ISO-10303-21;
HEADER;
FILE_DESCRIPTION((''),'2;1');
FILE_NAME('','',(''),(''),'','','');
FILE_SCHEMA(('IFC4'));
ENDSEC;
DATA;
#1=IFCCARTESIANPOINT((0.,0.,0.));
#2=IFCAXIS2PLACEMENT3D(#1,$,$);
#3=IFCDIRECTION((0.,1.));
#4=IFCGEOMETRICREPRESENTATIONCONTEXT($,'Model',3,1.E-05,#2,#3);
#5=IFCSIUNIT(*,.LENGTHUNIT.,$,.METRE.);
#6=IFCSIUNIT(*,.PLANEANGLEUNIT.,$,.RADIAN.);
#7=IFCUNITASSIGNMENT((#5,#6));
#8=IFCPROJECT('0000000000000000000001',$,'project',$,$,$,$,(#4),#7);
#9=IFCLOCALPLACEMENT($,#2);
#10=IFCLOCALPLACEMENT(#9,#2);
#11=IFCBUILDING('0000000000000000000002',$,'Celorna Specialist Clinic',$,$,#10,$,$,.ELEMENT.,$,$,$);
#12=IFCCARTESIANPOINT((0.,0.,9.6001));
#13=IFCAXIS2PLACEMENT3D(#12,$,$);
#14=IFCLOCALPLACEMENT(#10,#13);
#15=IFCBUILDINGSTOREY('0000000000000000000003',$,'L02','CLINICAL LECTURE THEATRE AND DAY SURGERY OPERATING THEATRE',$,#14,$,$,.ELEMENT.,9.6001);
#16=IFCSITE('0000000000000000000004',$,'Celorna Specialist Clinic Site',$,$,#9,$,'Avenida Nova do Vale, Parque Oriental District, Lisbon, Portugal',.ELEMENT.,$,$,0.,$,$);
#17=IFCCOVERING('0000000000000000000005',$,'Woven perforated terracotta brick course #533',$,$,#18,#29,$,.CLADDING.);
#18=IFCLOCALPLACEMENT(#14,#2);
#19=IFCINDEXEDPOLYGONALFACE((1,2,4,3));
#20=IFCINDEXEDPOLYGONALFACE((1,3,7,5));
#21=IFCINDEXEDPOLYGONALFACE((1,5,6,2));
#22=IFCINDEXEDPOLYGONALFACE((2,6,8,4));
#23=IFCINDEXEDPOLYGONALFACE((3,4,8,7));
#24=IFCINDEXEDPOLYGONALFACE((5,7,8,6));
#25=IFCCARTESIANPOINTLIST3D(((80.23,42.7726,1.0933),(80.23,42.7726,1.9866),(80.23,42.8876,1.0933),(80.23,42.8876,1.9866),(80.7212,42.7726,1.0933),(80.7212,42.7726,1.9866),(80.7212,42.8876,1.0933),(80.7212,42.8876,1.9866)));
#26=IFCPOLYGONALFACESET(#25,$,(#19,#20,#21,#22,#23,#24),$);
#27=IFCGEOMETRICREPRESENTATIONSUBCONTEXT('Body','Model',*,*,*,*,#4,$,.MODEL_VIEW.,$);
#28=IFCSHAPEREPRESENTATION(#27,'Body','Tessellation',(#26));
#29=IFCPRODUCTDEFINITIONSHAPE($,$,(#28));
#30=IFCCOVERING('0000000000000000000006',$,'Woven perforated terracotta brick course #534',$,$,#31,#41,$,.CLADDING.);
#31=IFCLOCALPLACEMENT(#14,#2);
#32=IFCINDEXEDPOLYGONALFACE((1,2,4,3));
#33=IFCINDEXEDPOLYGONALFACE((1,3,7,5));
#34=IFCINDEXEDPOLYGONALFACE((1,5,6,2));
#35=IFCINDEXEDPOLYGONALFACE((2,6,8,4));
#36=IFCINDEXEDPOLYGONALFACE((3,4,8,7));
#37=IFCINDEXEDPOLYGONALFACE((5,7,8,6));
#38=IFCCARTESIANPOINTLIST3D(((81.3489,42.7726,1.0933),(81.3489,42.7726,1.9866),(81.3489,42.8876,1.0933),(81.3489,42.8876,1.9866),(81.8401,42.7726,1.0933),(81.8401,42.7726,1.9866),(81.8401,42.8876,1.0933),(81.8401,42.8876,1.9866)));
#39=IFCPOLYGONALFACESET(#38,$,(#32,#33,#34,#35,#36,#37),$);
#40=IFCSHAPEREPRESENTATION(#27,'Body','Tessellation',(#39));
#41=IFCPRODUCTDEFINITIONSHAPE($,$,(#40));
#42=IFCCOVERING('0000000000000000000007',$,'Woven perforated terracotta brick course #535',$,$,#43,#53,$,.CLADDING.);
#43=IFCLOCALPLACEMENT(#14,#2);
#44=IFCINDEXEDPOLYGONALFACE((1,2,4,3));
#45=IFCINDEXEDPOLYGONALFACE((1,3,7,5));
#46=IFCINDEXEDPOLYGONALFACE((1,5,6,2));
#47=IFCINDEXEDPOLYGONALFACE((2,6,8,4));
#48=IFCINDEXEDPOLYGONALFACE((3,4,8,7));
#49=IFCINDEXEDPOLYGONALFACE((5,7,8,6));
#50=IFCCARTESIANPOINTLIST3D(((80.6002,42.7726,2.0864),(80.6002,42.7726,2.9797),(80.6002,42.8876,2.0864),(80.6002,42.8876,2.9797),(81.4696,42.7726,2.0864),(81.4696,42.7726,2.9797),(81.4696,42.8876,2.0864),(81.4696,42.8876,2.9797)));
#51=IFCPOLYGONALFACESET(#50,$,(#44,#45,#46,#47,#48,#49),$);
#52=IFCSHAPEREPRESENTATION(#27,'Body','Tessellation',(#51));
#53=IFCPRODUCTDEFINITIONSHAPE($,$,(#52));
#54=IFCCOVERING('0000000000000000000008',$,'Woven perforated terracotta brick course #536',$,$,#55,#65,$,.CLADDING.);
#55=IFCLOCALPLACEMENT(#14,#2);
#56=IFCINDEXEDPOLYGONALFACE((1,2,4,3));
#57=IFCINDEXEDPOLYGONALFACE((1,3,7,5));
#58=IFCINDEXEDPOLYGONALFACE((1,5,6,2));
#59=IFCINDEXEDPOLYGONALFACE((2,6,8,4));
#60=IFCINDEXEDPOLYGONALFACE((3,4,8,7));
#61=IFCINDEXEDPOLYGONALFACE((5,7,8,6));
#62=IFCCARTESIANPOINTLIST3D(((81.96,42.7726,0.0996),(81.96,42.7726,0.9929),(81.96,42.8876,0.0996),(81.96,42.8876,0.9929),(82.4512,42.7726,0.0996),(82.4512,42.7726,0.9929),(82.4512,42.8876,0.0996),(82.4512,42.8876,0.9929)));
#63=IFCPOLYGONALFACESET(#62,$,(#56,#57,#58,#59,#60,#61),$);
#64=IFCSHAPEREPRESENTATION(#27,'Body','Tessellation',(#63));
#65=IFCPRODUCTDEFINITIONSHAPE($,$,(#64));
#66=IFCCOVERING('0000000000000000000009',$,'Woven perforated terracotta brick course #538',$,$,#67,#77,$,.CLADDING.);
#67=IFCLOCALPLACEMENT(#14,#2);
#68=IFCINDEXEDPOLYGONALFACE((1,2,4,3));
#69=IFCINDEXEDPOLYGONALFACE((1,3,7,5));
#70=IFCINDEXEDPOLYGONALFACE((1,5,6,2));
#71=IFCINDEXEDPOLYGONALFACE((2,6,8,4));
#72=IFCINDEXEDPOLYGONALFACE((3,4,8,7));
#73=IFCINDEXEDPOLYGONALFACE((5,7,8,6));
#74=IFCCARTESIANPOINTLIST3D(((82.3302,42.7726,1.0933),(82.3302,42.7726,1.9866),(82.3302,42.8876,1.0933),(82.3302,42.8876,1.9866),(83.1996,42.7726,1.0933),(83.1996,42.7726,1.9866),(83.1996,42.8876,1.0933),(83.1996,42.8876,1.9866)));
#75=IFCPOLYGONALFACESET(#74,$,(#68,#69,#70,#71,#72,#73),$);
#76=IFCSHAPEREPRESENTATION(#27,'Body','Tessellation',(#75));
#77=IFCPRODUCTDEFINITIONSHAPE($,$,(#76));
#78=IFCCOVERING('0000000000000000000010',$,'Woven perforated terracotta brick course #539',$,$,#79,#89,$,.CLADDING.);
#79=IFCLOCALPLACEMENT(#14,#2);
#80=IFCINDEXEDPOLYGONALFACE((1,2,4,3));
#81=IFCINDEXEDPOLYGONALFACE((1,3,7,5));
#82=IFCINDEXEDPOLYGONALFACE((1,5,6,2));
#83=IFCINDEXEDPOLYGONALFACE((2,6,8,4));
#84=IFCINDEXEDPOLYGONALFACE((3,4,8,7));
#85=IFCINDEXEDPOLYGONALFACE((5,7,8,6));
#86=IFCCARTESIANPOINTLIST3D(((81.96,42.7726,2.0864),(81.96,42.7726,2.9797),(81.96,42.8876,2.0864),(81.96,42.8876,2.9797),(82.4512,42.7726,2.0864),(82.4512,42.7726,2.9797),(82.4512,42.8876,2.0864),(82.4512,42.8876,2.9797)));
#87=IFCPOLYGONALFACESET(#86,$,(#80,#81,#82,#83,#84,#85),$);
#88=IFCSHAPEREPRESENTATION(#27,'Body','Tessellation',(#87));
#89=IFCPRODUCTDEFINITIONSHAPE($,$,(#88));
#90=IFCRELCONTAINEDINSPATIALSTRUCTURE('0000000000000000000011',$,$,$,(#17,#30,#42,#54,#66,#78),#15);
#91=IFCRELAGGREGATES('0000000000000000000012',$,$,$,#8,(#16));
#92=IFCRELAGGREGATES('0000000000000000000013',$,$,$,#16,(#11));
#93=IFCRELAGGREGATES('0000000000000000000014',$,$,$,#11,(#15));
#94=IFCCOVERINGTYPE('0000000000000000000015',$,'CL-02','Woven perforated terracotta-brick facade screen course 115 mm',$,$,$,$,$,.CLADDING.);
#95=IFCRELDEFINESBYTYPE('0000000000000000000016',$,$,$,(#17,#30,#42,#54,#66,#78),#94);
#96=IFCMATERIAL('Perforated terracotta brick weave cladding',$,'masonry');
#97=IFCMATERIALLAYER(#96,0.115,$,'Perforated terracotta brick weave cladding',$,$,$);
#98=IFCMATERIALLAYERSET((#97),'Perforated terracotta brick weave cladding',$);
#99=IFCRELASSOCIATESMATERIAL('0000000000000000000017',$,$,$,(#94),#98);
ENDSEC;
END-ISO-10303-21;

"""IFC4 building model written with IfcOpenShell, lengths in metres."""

from ifc_helpers import new_model, si_unit, direction, frame, origin, origin_2d, place, context, subcontext, project, spatial, rectangle, extrude, material, layer, layer_set, type_object, element, save


model = new_model("IFC4")

# Units and contexts
model_context = context("Model", 3, precision=1e-05, world=origin(), true_north=direction((0.0, 1.0)))
body_context = subcontext(model_context, "Body", "Model", "MODEL_VIEW")
ifc_project = project(units=[si_unit("LENGTHUNIT", "METRE"), si_unit("PLANEANGLEUNIT", "RADIAN")], contexts=[model_context])

# Site, building, storey
site_placement = place(None, origin())
site = spatial("IfcSite", under=ifc_project, at=site_placement, Name="Celorna Specialist Clinic Site", LongName="Avenida Nova do Vale, Parque Oriental District, Lisbon, Portugal", CompositionType="ELEMENT", RefElevation=0.0)
building_placement = place(site_placement, origin())
building = spatial("IfcBuilding", under=site, at=building_placement, Name="Celorna Specialist Clinic", CompositionType="ELEMENT")
storey_placement = place(building_placement, frame((0.0, 0.0, 9.6001)))
storey = spatial("IfcBuildingStorey", under=building, at=storey_placement, Name="L02", Description="CLINICAL LECTURE THEATRE AND DAY SURGERY OPERATING THEATRE", CompositionType="ELEMENT", Elevation=9.6001)

# Coverings
ifc_material_1 = material(Name="Perforated terracotta brick weave cladding", Category="masonry")
ifc_layer_1 = layer(ifc_material_1, 0.115, Name="Perforated terracotta brick weave cladding")
ifc_layer_set_1 = layer_set([ifc_layer_1], Name="Perforated terracotta brick weave cladding")
covering_type = type_object("IfcCoveringType", Name="CL-02", Description="Woven perforated terracotta-brick facade screen course 115 mm", PredefinedType="CLADDING", material=ifc_layer_set_1)
for number, where, z_axis, x_axis, name in (
    (1, (80.4756, 42.8301, 1.0933), (0.0, 0.0, 1.0), (1.0, 0.0, 0.0), "Woven perforated terracotta brick course #533"),
    (2, (81.5945, 42.8301, 1.0933), (0.0, 0.0, 1.0), (1.0, 0.0, 0.0), "Woven perforated terracotta brick course #534"),
):
    element("IfcCovering", number, at=place(storey_placement, frame(where, z_axis=z_axis, x_axis=x_axis)), inside=storey, type_object=covering_type, Name=name, PredefinedType="CLADDING", context=body_context, shape_type="SweptSolid", body=[
        extrude(rectangle(XDim=0.4912, YDim=0.115, at=origin_2d()), origin(), (0.0, 0.0, 1.0), 0.8933),
    ])
covering_1_placement = place(storey_placement, frame((81.0349, 42.8301, 2.0864), z_axis=(0.0, 0.0, 1.0), x_axis=(1.0, 0.0, 0.0)))
element("IfcCovering", 3, at=covering_1_placement, inside=storey, type_object=covering_type, Name="Woven perforated terracotta brick course #535", PredefinedType="CLADDING", context=body_context, shape_type="SweptSolid", body=[
    extrude(rectangle(XDim=0.8694, YDim=0.115, at=origin_2d()), origin(), (0.0, 0.0, 1.0), 0.8933),
])
covering_2_placement = place(storey_placement, frame((82.2056, 42.8301, 0.0996), z_axis=(0.0, 0.0, 1.0), x_axis=(1.0, 0.0, 0.0)))
element("IfcCovering", 4, at=covering_2_placement, inside=storey, type_object=covering_type, Name="Woven perforated terracotta brick course #536", PredefinedType="CLADDING", context=body_context, shape_type="SweptSolid", body=[
    extrude(rectangle(XDim=0.4912, YDim=0.115, at=origin_2d()), origin(), (0.0, 0.0, 1.0), 0.8933),
])
covering_3_placement = place(storey_placement, frame((82.7649, 42.8301, 1.0933), z_axis=(0.0, 0.0, 1.0), x_axis=(1.0, 0.0, 0.0)))
element("IfcCovering", 5, at=covering_3_placement, inside=storey, type_object=covering_type, Name="Woven perforated terracotta brick course #538", PredefinedType="CLADDING", context=body_context, shape_type="SweptSolid", body=[
    extrude(rectangle(XDim=0.8694, YDim=0.115, at=origin_2d()), origin(), (0.0, 0.0, 1.0), 0.8933),
])
covering_4_placement = place(storey_placement, frame((82.2056, 42.8301, 2.0864), z_axis=(0.0, 0.0, 1.0), x_axis=(1.0, 0.0, 0.0)))
element("IfcCovering", 6, at=covering_4_placement, inside=storey, type_object=covering_type, Name="Woven perforated terracotta brick course #539", PredefinedType="CLADDING", context=body_context, shape_type="SweptSolid", body=[
    extrude(rectangle(XDim=0.4912, YDim=0.115, at=origin_2d()), origin(), (0.0, 0.0, 1.0), 0.8933),
])

save(model, "model.ifc")
